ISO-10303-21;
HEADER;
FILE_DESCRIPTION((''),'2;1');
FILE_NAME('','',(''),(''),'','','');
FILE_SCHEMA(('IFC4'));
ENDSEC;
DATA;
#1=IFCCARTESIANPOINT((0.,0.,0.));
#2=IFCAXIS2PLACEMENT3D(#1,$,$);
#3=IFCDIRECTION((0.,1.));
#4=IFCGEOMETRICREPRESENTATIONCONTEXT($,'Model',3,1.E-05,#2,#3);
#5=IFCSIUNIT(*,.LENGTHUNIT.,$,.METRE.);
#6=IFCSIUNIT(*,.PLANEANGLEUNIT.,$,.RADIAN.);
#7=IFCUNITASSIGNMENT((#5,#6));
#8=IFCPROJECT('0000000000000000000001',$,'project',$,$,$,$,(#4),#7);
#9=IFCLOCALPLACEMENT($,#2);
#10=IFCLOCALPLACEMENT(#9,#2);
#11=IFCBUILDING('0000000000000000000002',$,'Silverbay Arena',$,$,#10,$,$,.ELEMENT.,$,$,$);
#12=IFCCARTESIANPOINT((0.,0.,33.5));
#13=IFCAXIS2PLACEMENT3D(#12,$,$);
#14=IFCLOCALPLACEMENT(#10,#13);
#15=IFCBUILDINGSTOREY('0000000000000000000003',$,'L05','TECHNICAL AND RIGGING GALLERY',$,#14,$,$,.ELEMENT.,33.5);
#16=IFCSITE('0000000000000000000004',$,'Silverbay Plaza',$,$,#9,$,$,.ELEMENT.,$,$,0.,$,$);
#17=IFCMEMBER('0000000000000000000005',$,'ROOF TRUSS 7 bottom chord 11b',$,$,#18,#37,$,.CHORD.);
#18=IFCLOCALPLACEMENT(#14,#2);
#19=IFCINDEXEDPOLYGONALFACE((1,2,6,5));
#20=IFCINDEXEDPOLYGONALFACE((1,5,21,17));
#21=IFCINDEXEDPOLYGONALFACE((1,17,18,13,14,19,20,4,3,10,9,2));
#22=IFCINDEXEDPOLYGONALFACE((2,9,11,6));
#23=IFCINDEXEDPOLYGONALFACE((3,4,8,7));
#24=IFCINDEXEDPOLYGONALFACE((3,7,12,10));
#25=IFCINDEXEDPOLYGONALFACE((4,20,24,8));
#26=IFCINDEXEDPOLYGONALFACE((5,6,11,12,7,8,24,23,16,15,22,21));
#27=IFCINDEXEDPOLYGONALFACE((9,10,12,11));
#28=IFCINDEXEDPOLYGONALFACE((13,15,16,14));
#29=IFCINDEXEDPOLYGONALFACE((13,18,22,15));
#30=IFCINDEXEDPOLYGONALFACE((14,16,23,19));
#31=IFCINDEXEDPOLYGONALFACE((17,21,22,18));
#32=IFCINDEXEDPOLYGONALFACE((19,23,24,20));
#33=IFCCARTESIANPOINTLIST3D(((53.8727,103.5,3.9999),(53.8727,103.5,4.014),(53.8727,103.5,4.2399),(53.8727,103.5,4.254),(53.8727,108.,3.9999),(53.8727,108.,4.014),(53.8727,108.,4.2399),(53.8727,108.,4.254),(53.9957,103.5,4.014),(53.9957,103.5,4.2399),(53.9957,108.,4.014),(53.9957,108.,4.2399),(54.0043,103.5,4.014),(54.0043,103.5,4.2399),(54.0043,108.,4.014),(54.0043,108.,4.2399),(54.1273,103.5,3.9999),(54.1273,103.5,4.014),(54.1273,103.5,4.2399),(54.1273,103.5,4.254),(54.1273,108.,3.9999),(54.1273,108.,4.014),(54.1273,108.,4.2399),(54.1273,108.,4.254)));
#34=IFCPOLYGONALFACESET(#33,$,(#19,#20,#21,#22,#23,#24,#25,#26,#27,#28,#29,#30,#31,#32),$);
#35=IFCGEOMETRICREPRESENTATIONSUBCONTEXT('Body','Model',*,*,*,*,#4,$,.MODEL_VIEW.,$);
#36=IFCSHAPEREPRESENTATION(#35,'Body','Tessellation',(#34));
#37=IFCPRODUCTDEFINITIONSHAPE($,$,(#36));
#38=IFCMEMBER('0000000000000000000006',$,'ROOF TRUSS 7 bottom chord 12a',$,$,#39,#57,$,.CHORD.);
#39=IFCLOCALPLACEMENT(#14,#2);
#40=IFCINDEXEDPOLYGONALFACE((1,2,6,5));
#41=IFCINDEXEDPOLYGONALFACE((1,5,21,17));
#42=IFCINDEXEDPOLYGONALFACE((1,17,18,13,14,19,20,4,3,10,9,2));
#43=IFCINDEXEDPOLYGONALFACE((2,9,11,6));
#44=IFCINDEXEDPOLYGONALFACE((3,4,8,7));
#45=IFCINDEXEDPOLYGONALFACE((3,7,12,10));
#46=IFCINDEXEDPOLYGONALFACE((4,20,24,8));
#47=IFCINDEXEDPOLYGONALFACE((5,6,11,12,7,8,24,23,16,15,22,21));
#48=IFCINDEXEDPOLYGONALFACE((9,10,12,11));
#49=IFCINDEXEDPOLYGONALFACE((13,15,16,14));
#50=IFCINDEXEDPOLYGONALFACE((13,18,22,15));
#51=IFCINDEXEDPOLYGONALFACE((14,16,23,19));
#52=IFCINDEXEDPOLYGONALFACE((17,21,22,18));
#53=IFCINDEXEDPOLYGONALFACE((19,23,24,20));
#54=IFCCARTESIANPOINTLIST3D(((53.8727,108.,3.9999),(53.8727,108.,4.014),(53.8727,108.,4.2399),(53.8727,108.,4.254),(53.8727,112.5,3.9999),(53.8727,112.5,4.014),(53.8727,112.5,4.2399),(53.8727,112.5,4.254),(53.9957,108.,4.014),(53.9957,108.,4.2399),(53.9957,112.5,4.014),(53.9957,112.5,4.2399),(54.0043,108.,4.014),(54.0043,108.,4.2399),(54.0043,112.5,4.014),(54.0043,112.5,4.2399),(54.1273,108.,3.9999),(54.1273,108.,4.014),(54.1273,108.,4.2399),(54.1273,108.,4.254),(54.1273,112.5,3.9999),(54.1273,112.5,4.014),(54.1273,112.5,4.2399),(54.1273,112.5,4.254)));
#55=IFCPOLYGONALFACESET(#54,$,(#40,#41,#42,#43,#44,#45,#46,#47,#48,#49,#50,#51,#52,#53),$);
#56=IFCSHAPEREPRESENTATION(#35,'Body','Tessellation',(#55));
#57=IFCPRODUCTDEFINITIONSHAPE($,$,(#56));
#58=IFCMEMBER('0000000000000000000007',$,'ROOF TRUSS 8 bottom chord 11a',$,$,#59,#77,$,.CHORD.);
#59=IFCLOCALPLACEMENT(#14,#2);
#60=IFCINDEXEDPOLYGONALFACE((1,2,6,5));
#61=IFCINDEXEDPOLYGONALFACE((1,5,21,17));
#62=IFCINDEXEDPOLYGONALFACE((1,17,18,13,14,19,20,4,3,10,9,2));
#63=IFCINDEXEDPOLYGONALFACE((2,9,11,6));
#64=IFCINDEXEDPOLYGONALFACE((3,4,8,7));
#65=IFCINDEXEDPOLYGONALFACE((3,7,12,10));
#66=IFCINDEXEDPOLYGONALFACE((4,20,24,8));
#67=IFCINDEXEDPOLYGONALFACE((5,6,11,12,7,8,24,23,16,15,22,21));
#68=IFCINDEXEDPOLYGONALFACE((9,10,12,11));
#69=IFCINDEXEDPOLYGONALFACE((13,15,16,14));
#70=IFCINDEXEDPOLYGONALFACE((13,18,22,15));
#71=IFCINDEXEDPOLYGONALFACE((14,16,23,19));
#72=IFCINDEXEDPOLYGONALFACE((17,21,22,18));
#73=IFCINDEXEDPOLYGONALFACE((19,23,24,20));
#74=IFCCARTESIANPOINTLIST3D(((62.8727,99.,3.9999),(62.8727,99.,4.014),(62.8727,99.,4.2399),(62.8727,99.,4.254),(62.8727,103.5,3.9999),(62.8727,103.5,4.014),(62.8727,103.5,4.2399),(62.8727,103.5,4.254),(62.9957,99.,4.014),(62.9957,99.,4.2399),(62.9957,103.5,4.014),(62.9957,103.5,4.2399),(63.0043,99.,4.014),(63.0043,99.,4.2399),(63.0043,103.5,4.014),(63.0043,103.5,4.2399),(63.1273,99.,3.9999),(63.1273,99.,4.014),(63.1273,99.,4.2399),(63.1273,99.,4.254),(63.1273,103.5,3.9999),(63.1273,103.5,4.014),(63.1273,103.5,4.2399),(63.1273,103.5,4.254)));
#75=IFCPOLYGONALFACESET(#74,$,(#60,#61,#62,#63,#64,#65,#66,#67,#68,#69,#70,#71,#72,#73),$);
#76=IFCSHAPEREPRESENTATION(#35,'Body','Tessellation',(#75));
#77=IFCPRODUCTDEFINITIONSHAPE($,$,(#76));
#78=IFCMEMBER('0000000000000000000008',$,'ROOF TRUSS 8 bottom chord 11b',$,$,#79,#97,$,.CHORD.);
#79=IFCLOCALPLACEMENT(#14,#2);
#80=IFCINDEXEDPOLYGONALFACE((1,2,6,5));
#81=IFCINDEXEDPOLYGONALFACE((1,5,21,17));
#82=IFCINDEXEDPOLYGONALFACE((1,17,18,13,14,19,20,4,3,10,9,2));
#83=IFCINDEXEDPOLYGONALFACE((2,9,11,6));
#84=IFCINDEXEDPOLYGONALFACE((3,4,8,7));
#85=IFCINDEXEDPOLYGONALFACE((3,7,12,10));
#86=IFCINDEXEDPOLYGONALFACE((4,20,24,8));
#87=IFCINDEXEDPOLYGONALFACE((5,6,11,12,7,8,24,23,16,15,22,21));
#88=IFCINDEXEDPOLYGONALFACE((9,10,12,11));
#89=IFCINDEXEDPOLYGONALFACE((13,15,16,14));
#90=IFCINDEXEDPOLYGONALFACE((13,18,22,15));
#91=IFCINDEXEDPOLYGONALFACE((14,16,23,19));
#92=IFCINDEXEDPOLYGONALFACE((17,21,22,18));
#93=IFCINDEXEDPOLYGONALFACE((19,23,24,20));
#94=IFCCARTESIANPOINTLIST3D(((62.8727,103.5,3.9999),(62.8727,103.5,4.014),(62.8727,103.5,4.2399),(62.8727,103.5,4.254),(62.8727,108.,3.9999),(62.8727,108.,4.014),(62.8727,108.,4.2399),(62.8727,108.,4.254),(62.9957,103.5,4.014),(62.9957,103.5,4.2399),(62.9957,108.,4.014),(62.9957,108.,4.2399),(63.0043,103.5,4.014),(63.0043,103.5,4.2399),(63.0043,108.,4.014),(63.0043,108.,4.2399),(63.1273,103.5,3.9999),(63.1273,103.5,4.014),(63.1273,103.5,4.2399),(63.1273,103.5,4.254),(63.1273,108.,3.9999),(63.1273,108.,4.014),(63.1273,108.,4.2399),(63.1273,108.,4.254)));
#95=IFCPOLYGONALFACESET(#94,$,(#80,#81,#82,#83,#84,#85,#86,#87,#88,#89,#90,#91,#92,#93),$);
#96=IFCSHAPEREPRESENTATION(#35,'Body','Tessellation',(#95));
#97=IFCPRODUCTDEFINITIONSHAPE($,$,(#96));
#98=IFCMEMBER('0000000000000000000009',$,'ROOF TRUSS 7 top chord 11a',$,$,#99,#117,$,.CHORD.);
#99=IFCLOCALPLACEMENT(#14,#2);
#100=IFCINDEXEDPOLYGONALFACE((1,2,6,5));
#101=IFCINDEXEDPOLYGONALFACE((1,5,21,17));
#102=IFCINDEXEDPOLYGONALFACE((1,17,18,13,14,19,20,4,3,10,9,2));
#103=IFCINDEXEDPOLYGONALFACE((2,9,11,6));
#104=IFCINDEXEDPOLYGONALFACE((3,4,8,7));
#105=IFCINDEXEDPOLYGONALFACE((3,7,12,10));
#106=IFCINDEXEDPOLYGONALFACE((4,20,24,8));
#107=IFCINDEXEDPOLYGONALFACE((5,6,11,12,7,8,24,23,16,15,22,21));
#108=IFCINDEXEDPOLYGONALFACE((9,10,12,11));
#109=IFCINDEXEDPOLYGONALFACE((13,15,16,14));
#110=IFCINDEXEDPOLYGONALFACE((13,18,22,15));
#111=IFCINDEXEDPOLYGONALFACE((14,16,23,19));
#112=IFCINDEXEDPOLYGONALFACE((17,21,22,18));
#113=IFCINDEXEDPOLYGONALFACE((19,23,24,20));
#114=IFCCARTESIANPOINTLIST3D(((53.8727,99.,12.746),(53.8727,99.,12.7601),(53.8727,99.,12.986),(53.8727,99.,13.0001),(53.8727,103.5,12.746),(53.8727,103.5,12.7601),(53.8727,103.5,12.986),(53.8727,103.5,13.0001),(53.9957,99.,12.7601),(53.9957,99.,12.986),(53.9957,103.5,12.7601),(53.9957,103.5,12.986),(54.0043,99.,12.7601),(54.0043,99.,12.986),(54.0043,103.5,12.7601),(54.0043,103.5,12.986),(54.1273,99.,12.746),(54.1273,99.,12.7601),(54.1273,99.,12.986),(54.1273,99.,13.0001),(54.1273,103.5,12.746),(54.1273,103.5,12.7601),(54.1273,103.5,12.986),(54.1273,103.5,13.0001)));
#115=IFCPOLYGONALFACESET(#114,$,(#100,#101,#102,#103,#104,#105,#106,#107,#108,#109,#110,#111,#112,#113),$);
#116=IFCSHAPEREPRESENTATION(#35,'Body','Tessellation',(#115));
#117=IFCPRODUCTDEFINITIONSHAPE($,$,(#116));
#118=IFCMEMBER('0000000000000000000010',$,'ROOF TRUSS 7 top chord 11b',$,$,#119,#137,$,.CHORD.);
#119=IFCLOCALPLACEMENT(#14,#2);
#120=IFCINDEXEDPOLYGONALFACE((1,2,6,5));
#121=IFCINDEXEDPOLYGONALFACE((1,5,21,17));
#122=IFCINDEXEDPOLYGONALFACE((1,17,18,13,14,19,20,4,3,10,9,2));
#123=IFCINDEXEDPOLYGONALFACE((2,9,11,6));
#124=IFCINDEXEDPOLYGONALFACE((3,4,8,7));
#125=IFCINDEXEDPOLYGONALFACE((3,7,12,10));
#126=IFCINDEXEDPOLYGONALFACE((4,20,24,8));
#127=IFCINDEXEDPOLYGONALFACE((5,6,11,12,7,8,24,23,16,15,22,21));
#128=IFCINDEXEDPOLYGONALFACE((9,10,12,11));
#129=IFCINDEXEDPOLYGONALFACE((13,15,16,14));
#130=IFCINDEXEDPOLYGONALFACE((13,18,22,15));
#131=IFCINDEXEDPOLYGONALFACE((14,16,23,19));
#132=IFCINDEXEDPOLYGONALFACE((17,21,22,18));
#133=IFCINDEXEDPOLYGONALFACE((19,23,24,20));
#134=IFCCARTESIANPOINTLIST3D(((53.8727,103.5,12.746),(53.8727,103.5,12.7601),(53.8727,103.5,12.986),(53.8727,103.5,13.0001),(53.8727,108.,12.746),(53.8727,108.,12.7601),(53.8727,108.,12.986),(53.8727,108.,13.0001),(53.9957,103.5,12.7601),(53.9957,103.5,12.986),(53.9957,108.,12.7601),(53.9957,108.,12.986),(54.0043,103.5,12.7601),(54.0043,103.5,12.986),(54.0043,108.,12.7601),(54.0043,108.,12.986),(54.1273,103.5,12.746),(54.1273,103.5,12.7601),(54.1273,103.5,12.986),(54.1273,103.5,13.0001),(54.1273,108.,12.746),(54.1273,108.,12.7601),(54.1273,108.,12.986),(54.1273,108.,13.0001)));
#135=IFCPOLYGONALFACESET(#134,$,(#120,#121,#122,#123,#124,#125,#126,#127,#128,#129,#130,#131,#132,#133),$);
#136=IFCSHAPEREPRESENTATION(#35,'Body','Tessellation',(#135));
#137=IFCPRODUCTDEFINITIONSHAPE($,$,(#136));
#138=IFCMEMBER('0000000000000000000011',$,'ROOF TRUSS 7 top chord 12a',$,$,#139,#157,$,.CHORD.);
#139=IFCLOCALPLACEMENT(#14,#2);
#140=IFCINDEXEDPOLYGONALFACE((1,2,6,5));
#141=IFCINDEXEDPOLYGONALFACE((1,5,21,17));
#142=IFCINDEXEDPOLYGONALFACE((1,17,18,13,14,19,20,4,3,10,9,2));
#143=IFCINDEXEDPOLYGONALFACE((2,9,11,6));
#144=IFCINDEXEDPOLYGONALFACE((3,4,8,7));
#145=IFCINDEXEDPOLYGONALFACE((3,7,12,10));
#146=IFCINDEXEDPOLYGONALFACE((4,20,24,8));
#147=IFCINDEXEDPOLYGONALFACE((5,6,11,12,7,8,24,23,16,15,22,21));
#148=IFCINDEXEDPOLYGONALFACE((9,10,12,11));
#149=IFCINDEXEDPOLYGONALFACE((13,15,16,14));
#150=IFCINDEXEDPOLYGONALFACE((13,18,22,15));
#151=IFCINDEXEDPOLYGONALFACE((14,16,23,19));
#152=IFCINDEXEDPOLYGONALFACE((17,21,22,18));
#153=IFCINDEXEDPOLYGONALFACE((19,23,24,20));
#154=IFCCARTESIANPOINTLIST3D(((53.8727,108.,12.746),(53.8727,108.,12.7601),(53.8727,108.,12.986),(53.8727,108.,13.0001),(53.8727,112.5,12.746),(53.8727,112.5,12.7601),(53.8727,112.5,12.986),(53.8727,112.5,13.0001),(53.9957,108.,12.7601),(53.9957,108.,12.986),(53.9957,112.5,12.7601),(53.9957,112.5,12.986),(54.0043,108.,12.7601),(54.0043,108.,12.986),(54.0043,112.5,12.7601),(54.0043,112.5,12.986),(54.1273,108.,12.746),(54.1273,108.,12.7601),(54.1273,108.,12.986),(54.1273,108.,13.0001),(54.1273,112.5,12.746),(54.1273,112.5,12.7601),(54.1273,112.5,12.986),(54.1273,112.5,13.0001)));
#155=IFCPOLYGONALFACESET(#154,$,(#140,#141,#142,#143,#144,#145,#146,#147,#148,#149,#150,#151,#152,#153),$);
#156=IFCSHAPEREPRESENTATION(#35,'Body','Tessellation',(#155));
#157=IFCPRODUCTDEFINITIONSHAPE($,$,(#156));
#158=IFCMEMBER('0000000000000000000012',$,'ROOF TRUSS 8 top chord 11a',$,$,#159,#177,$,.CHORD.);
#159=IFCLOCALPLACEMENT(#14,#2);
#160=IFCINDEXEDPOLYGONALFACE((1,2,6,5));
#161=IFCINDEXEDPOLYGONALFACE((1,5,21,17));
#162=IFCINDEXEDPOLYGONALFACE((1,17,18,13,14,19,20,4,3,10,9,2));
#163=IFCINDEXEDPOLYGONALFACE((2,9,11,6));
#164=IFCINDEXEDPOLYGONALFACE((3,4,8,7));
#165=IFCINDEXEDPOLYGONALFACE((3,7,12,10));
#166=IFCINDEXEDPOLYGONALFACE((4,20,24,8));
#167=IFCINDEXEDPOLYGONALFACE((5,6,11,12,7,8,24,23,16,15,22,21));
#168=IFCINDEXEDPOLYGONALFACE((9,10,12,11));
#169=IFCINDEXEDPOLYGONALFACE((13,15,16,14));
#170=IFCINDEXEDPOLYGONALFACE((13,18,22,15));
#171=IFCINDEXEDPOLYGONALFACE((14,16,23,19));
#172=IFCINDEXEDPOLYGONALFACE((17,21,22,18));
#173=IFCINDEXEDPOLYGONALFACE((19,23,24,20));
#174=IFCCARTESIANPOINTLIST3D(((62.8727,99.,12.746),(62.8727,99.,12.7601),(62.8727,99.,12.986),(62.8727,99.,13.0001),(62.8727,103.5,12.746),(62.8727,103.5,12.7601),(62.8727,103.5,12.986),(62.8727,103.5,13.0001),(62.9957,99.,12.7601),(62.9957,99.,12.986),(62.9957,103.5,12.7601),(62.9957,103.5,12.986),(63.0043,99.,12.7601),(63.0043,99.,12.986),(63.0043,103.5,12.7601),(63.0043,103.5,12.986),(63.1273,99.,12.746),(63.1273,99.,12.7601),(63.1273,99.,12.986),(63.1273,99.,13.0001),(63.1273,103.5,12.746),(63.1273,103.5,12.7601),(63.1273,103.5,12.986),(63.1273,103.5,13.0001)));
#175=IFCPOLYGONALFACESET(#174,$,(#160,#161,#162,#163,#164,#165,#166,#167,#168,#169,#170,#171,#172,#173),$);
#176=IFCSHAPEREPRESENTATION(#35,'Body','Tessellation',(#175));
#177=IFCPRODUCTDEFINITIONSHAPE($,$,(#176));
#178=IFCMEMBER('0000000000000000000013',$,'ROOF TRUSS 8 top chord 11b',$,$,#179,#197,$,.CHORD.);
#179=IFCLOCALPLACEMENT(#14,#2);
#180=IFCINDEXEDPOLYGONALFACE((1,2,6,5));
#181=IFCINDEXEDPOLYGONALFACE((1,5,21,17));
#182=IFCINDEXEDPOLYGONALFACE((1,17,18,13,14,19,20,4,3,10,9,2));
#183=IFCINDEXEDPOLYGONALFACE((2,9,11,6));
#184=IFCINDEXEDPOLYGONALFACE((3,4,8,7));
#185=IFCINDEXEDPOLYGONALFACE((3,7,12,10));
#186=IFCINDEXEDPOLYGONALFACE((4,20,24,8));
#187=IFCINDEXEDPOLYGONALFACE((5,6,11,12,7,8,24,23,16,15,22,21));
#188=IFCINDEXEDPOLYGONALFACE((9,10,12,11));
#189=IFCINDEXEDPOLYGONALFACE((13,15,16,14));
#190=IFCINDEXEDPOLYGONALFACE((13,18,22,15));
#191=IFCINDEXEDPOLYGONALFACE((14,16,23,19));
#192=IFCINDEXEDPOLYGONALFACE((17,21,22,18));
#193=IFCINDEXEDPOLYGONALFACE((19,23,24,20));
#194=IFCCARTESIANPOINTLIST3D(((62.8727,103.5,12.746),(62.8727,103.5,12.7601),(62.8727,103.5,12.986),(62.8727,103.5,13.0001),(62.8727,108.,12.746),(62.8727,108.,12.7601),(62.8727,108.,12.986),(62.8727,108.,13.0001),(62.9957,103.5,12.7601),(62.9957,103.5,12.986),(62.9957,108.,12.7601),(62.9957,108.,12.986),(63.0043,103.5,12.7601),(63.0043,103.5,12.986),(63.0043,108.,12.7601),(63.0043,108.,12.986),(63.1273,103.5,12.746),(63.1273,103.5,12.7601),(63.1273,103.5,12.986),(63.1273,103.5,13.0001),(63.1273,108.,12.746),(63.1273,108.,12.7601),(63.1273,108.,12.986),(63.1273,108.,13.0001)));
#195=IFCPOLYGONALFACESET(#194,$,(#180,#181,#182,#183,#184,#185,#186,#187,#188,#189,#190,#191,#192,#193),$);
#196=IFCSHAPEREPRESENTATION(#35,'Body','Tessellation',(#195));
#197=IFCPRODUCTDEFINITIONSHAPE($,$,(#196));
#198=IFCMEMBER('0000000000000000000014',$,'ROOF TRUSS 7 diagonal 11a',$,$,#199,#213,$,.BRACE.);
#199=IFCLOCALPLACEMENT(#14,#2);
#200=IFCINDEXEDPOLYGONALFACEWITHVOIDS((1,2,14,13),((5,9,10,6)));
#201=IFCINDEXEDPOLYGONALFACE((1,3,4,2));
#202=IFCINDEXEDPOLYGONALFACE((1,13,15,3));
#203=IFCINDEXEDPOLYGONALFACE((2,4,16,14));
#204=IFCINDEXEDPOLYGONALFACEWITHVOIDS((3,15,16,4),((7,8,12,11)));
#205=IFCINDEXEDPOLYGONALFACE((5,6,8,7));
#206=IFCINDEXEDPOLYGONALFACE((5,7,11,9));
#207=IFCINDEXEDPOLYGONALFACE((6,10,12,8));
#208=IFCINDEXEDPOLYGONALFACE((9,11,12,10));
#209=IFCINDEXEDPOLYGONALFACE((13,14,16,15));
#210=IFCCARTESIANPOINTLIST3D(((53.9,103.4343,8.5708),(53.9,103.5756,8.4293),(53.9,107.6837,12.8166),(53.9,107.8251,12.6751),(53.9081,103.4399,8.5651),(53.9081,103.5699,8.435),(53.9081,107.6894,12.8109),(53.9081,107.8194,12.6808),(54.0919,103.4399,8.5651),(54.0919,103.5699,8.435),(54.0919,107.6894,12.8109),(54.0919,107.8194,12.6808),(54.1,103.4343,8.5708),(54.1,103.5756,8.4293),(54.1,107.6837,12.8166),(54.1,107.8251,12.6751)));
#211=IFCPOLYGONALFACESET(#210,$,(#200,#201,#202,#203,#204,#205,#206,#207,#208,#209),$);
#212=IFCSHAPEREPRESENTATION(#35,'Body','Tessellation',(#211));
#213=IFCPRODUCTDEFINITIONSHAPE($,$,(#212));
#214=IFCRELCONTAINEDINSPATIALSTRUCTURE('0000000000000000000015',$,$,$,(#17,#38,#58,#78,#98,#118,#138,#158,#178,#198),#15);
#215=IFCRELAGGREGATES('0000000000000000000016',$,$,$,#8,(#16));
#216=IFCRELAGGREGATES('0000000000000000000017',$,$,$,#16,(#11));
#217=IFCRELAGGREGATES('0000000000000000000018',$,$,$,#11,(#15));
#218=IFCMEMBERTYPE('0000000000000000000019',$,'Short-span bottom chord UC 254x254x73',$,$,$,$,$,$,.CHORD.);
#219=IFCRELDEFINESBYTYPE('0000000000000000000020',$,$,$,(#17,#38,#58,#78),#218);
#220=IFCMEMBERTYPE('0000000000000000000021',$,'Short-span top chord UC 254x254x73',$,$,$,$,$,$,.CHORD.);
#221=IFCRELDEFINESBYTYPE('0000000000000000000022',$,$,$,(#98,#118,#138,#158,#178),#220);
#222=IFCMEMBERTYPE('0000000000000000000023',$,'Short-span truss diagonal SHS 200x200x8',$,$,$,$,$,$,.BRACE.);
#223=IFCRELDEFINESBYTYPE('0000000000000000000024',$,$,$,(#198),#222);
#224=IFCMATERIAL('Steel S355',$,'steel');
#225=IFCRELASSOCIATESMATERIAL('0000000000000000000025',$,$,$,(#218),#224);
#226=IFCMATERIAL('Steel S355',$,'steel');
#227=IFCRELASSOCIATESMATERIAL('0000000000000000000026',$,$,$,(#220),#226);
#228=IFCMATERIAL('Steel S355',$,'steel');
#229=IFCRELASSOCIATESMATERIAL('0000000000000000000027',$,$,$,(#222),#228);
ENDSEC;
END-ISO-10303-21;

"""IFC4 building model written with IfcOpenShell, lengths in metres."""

from ifc_helpers import new_model, si_unit, direction, frame, origin, origin_2d, place, context, subcontext, project, spatial, hollow_rectangle, i_section, extrude, material, material_profile, profile_set, type_object, element, save


model = new_model("IFC4")

# Units and contexts
model_context = context("Model", 3, precision=1e-05, world=origin(), true_north=direction((0.0, 1.0)))
body_context = subcontext(model_context, "Body", "Model", "MODEL_VIEW")
ifc_project = project(units=[si_unit("LENGTHUNIT", "METRE"), si_unit("PLANEANGLEUNIT", "RADIAN")], contexts=[model_context])

# Site, building, storey
site_placement = place(None, origin())
site = spatial("IfcSite", under=ifc_project, at=site_placement, Name="Silverbay Plaza", CompositionType="ELEMENT", RefElevation=0.0)
building_placement = place(site_placement, origin())
building = spatial("IfcBuilding", under=site, at=building_placement, Name="Silverbay Arena", CompositionType="ELEMENT")
storey_placement = place(building_placement, frame((0.0, 0.0, 33.5)))
storey = spatial("IfcBuildingStorey", under=building, at=storey_placement, Name="L05", Description="TECHNICAL AND RIGGING GALLERY", CompositionType="ELEMENT", Elevation=33.5)

# Members
ifc_material_1 = material(Name="Steel S355", Category="steel")
ifc_material_profile_1 = material_profile(ifc_material_1, i_section(OverallWidth=0.2546, OverallDepth=0.2542, WebThickness=0.0085, FlangeThickness=0.0142, at=origin_2d()), Name="UC 254x254x73")
ifc_profile_set_1 = profile_set([ifc_material_profile_1], Name="Steel S355")
member_type_1 = type_object("IfcMemberType", Name="Short-span bottom chord UC 254x254x73", PredefinedType="CHORD", material=ifc_profile_set_1)
for number, where, z_axis, x_axis, name in (
    (1, (54.0, 103.5, 4.127), (0.0, 1.0, 0.0), (-1.0, 0.0, 0.0), "ROOF TRUSS 7 bottom chord 11b"),
    (2, (54.0, 108.0, 4.127), (0.0, 1.0, 0.0), (-1.0, 0.0, 0.0), "ROOF TRUSS 7 bottom chord 12a"),
    (3, (63.0, 99.0, 4.127), (0.0, 1.0, 0.0), (-1.0, 0.0, 0.0), "ROOF TRUSS 8 bottom chord 11a"),
    (4, (63.0, 103.5, 4.127), (0.0, 1.0, 0.0), (-1.0, 0.0, 0.0), "ROOF TRUSS 8 bottom chord 11b"),
):
    element("IfcMember", number, at=place(storey_placement, frame(where, z_axis=z_axis, x_axis=x_axis)), inside=storey, type_object=member_type_1, Name=name, PredefinedType="CHORD", context=body_context, shape_type="SweptSolid", body=[
        extrude(i_section(OverallWidth=0.2546, OverallDepth=0.2542, WebThickness=0.0085, FlangeThickness=0.0142, at=origin_2d()), origin(), (0.0, 0.0, 1.0), 4.5),
    ])
ifc_material_2 = material(Name="Steel S355", Category="steel")
ifc_material_profile_2 = material_profile(ifc_material_2, i_section(OverallWidth=0.2546, OverallDepth=0.2542, WebThickness=0.0085, FlangeThickness=0.0142, at=origin_2d()), Name="UC 254x254x73")
ifc_profile_set_2 = profile_set([ifc_material_profile_2], Name="Steel S355")
member_type_2 = type_object("IfcMemberType", Name="Short-span top chord UC 254x254x73", PredefinedType="CHORD", material=ifc_profile_set_2)
for number, where, z_axis, x_axis, name in (
    (5, (54.0, 99.0, 12.873), (0.0, 1.0, 0.0), (-1.0, 0.0, 0.0), "ROOF TRUSS 7 top chord 11a"),
    (6, (54.0, 103.5, 12.873), (0.0, 1.0, 0.0), (-1.0, 0.0, 0.0), "ROOF TRUSS 7 top chord 11b"),
    (7, (54.0, 108.0, 12.873), (0.0, 1.0, 0.0), (-1.0, 0.0, 0.0), "ROOF TRUSS 7 top chord 12a"),
    (8, (63.0, 99.0, 12.873), (0.0, 1.0, 0.0), (-1.0, 0.0, 0.0), "ROOF TRUSS 8 top chord 11a"),
    (9, (63.0, 103.5, 12.873), (0.0, 1.0, 0.0), (-1.0, 0.0, 0.0), "ROOF TRUSS 8 top chord 11b"),
):
    element("IfcMember", number, at=place(storey_placement, frame(where, z_axis=z_axis, x_axis=x_axis)), inside=storey, type_object=member_type_2, Name=name, PredefinedType="CHORD", context=body_context, shape_type="SweptSolid", body=[
        extrude(i_section(OverallWidth=0.2546, OverallDepth=0.2542, WebThickness=0.0085, FlangeThickness=0.0142, at=origin_2d()), origin(), (0.0, 0.0, 1.0), 4.5),
    ])
ifc_material_3 = material(Name="Steel S355", Category="steel")
ifc_material_profile_3 = material_profile(ifc_material_3, hollow_rectangle(XDim=0.2, YDim=0.2, WallThickness=0.0081, at=origin_2d()), Name="SHS 200x200x8")
ifc_profile_set_3 = profile_set([ifc_material_profile_3], Name="Steel S355")
member_type_3 = type_object("IfcMemberType", Name="Short-span truss diagonal SHS 200x200x8", PredefinedType="BRACE", material=ifc_profile_set_3)
member_1_placement = place(storey_placement, frame((54.0, 107.7544, 12.7458), z_axis=(0.0, -0.707412, -0.706802), x_axis=(1.0, 0.0, 0.0)))
element("IfcMember", 10, at=member_1_placement, inside=storey, type_object=member_type_3, Name="ROOF TRUSS 7 diagonal 11a", PredefinedType="BRACE", context=body_context, shape_type="SweptSolid", body=[
    extrude(hollow_rectangle(XDim=0.2, YDim=0.2, WallThickness=0.0081, at=origin_2d()), origin(), (0.0, 0.0, 1.0), 6.0071),
])

save(model, "model.ifc")
